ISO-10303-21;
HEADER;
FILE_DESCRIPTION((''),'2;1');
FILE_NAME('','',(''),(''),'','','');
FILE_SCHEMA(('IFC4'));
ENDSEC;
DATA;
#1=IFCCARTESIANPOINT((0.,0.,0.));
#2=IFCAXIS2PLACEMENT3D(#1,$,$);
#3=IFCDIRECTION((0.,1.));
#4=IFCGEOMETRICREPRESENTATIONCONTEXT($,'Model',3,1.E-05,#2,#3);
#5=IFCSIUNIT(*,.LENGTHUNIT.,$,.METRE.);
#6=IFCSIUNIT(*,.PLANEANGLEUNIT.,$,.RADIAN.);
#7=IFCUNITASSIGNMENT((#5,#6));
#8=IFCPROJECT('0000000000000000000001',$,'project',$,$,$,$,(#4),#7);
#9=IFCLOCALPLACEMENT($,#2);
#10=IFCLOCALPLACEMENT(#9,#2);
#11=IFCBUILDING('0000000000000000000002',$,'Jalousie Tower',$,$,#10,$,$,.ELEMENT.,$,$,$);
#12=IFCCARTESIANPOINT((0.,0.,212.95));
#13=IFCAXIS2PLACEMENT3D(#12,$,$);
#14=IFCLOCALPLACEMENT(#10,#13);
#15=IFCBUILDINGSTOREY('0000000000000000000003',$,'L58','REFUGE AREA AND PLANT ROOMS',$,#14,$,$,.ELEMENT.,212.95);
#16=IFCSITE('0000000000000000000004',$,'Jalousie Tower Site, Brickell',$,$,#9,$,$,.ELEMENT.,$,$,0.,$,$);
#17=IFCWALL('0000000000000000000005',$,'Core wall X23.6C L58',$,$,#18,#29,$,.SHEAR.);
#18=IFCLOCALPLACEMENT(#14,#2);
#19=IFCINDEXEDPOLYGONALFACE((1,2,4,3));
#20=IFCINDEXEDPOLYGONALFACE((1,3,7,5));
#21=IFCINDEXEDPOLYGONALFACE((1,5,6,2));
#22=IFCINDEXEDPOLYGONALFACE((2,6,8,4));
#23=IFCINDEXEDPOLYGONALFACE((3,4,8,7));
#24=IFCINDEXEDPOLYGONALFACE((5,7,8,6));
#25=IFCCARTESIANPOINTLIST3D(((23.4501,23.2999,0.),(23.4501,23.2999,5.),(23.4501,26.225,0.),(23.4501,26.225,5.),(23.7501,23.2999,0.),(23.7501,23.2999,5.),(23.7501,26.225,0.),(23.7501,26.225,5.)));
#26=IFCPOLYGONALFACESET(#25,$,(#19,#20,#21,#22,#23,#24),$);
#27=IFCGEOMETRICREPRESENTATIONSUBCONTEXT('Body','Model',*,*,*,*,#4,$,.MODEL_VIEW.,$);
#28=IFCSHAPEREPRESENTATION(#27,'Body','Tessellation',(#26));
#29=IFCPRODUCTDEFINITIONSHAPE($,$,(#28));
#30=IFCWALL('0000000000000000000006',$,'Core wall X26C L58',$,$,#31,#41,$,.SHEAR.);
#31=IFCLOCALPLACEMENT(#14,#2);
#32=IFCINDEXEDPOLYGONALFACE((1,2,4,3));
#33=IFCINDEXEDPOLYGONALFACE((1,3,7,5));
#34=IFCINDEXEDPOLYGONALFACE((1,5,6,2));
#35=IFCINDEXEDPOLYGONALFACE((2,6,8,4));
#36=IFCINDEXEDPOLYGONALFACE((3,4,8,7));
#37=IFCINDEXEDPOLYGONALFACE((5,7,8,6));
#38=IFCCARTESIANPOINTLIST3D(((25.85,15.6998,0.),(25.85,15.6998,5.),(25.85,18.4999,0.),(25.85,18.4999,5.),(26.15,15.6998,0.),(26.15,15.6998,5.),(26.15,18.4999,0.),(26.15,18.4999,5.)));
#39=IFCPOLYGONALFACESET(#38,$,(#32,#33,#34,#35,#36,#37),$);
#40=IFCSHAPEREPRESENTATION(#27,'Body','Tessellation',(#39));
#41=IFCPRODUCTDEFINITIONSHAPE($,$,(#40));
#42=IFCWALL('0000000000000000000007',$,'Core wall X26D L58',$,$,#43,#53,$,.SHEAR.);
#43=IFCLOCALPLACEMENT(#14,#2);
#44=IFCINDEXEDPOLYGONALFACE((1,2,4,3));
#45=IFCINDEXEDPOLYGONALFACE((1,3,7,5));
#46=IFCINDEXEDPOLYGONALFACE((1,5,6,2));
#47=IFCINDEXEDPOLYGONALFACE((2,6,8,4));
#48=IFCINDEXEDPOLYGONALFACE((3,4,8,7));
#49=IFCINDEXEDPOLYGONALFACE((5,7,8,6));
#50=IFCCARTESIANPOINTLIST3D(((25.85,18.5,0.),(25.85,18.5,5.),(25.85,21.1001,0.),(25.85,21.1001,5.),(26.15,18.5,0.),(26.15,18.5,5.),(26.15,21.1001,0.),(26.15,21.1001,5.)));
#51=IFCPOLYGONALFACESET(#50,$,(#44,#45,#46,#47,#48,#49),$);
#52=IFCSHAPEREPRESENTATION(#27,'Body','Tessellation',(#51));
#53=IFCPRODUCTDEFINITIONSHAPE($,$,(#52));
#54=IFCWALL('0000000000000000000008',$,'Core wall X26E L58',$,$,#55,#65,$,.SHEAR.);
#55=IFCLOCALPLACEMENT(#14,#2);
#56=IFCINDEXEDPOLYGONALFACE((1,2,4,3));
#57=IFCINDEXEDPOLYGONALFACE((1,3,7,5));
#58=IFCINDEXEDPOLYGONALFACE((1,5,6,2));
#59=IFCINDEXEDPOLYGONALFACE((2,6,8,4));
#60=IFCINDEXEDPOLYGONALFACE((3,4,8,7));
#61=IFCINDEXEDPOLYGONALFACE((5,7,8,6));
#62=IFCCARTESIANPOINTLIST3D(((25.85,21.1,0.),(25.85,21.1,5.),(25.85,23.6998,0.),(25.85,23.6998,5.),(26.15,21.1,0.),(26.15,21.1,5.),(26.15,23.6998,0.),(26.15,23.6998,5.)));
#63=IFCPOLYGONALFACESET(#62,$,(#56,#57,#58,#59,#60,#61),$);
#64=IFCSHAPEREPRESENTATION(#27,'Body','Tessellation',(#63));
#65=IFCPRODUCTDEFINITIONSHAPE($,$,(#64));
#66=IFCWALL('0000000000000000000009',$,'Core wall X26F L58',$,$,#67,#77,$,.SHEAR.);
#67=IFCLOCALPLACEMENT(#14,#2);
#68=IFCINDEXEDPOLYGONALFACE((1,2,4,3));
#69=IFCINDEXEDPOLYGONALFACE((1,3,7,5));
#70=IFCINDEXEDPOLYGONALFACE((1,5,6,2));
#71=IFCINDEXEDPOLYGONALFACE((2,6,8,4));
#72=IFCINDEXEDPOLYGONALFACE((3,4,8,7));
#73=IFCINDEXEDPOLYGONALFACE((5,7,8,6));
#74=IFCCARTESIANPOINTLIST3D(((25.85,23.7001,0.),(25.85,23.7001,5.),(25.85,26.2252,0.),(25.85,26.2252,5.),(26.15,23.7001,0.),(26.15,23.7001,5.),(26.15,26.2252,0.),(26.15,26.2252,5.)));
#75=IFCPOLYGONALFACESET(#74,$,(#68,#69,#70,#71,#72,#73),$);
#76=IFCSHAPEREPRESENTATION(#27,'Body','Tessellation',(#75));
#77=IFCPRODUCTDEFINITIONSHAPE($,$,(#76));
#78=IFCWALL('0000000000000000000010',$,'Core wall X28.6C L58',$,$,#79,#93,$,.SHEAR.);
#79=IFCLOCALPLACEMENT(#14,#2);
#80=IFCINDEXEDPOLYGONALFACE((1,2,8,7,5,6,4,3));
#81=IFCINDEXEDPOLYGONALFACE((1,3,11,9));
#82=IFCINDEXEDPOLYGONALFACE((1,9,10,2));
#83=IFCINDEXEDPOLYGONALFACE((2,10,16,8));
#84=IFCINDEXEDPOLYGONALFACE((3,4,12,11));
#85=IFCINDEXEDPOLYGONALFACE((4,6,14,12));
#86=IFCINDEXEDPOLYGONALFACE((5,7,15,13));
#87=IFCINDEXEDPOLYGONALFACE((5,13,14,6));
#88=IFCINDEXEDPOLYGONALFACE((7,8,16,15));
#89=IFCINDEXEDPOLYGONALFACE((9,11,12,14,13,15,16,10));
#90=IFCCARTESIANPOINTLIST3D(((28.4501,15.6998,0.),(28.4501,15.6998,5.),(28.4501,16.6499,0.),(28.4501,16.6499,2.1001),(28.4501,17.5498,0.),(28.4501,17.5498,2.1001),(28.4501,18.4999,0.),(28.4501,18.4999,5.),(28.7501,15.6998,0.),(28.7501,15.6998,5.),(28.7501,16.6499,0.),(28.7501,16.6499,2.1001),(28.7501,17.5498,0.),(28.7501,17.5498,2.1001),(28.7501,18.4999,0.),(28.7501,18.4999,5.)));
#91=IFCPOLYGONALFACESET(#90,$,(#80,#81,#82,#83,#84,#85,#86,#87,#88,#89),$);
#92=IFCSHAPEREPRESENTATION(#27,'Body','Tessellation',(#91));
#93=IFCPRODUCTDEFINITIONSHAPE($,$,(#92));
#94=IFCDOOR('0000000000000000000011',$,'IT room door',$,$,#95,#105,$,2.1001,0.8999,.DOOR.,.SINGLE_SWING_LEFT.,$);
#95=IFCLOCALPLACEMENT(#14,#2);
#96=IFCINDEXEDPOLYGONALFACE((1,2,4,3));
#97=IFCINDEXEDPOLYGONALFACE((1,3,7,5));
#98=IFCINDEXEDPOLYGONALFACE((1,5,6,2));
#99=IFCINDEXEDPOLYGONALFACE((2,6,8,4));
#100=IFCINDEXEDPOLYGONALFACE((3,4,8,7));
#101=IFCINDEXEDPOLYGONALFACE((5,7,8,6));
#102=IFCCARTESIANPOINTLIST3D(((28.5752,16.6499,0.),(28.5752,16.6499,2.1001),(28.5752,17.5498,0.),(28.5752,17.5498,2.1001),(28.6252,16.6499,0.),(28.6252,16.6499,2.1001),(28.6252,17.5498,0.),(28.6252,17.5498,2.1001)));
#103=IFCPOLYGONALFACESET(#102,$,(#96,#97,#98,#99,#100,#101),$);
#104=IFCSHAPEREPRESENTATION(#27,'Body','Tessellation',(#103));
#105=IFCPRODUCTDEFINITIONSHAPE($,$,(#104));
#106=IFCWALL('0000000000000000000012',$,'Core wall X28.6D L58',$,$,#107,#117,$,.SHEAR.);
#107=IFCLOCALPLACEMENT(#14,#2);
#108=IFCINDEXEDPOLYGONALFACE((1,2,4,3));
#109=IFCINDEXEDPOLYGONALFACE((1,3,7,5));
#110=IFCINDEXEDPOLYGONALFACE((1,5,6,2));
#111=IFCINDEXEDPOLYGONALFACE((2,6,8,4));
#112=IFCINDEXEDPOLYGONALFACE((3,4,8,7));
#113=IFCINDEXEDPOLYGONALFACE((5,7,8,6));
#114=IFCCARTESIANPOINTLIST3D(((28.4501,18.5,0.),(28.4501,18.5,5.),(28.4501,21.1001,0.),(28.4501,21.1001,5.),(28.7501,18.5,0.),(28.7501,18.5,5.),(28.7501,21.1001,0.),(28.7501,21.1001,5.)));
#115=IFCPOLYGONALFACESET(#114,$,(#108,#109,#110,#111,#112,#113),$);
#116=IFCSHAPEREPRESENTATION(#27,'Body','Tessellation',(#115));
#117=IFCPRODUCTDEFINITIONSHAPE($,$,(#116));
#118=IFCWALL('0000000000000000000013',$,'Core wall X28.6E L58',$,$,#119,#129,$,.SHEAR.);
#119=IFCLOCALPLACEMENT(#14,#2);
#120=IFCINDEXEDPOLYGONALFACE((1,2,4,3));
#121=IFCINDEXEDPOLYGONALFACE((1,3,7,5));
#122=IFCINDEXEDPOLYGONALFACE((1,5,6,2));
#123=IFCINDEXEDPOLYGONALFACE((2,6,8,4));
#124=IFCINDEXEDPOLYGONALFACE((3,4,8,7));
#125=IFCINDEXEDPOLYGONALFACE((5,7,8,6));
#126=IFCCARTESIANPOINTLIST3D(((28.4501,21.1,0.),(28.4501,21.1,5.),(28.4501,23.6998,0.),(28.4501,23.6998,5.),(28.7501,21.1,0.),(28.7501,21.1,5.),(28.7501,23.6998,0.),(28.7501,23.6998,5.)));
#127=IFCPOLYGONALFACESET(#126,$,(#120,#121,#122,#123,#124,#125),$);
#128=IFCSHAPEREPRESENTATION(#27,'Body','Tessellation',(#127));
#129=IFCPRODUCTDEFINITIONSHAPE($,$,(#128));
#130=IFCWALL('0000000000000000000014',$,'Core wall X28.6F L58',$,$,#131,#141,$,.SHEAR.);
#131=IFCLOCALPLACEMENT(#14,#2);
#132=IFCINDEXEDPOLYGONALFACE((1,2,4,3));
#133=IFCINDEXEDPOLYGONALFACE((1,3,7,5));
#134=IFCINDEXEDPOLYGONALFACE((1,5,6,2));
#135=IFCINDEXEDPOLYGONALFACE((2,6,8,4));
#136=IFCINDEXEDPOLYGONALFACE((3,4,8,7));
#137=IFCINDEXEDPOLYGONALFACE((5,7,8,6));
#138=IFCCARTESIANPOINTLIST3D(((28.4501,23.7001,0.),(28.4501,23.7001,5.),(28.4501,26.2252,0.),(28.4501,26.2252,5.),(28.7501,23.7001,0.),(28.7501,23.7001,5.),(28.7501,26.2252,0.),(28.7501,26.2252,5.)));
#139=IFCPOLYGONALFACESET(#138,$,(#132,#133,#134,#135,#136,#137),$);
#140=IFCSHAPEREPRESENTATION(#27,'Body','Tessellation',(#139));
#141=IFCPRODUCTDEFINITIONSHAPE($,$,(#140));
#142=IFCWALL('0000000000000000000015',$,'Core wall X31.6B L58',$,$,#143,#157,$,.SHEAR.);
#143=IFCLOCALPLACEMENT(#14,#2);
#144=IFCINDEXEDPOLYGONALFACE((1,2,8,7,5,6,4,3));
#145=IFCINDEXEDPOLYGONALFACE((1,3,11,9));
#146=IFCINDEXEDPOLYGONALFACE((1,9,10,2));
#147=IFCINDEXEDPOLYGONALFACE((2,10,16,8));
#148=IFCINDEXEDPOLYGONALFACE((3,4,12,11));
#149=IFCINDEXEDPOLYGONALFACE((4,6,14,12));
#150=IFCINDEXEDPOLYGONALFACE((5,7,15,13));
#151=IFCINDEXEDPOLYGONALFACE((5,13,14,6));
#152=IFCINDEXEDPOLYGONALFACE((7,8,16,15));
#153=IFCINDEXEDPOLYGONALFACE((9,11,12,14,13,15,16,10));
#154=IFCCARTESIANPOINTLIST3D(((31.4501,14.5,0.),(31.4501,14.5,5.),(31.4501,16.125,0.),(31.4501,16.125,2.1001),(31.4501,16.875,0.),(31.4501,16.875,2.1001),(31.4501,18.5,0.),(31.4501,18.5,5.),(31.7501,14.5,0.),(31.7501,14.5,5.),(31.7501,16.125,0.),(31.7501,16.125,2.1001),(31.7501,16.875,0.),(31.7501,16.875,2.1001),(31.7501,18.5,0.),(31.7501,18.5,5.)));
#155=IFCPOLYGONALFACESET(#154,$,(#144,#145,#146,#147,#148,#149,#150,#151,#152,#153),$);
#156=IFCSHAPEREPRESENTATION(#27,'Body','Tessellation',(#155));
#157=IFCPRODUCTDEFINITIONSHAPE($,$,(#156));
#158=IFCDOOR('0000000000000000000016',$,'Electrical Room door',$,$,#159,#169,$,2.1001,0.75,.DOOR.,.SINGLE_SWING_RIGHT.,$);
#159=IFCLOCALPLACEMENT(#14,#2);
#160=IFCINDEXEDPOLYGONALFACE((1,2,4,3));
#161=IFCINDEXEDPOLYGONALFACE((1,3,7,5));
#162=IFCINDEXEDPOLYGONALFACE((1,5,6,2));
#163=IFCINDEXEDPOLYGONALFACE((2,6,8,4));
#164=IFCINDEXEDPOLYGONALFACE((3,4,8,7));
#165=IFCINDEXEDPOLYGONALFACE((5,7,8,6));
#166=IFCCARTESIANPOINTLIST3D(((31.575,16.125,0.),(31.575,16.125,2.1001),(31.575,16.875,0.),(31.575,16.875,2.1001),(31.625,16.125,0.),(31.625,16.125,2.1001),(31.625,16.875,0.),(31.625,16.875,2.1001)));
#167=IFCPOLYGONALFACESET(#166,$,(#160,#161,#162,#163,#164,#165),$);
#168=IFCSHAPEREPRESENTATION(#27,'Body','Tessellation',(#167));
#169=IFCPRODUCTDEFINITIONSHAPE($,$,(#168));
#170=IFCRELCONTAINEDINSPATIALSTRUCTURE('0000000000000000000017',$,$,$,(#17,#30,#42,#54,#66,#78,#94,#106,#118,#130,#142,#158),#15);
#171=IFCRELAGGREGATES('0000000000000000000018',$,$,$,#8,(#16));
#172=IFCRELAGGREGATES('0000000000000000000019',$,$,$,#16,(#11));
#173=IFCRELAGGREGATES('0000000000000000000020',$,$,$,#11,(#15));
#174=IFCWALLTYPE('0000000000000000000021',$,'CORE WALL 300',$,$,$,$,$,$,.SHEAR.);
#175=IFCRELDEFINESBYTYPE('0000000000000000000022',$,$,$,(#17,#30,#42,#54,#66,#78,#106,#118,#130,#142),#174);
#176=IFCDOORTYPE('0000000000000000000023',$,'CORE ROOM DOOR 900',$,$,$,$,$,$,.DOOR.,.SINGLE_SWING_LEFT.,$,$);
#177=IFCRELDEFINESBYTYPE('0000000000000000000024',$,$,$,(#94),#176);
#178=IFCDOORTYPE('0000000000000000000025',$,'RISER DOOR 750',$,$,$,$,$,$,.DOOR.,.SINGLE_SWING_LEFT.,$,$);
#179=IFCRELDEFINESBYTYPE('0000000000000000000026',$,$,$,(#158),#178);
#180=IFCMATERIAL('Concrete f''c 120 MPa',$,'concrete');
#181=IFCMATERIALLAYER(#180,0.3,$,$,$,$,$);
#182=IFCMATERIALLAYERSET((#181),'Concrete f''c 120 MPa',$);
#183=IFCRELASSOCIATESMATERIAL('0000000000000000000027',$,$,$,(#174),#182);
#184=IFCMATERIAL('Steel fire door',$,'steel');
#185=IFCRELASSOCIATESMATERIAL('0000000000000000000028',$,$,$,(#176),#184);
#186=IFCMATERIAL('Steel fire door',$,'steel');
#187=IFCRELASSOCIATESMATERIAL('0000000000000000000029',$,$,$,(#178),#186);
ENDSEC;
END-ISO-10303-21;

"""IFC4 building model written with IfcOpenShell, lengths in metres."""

from ifc_helpers import new_model, si_unit, direction, frame, frame_2d, origin, place, context, subcontext, project, spatial, rectangle, extrude, material, layer, layer_set, type_object, element, fill, save


model = new_model("IFC4")

# Units and contexts
model_context = context("Model", 3, precision=1e-05, world=origin(), true_north=direction((0.0, 1.0)))
body_context = subcontext(model_context, "Body", "Model", "MODEL_VIEW")
ifc_project = project(units=[si_unit("LENGTHUNIT", "METRE"), si_unit("PLANEANGLEUNIT", "RADIAN")], contexts=[model_context])

# Site, building, storey
site_placement = place(None, origin())
site = spatial("IfcSite", under=ifc_project, at=site_placement, Name="Jalousie Tower Site, Brickell", CompositionType="ELEMENT", RefElevation=0.0)
building_placement = place(site_placement, origin())
building = spatial("IfcBuilding", under=site, at=building_placement, Name="Jalousie Tower", CompositionType="ELEMENT")
storey_placement = place(building_placement, frame((0.0, 0.0, 212.95)))
storey = spatial("IfcBuildingStorey", under=building, at=storey_placement, Name="L58", Description="REFUGE AREA AND PLANT ROOMS", CompositionType="ELEMENT", Elevation=212.95)

# Walls
ifc_material_1 = material(Name="Concrete f'c 120 MPa", Category="concrete")
ifc_layer = layer(ifc_material_1, 0.3)
ifc_layer_set = layer_set([ifc_layer], Name="Concrete f'c 120 MPa")
wall_type = type_object("IfcWallType", Name="CORE WALL 300", PredefinedType="SHEAR", material=ifc_layer_set)
wall_1_placement = place(storey_placement, frame((23.6001, 23.3, 0.0), z_axis=(0.0, 0.0, 1.0), x_axis=(0.0, 1.0, 0.0)))
element("IfcWall", 1, at=wall_1_placement, inside=storey, type_object=wall_type, Name="Core wall X23.6C L58", PredefinedType="SHEAR", context=body_context, shape_type="SweptSolid", body=[
    extrude(rectangle(XDim=2.925, YDim=0.3, at=frame_2d((1.4624, 0.0))), origin(), (0.0, 0.0, 1.0), 5.0),
])
wall_2_placement = place(storey_placement, frame((26.0, 15.7, 0.0), z_axis=(0.0, 0.0, 1.0), x_axis=(0.0, 1.0, 0.0)))
element("IfcWall", 2, at=wall_2_placement, inside=storey, type_object=wall_type, Name="Core wall X26C L58", PredefinedType="SHEAR", context=body_context, shape_type="SweptSolid", body=[
    extrude(rectangle(XDim=2.8, YDim=0.3, at=frame_2d((1.3999, 0.0))), origin(), (0.0, 0.0, 1.0), 5.0),
])
wall_3_placement = place(storey_placement, frame((26.0, 18.5, 0.0), z_axis=(0.0, 0.0, 1.0), x_axis=(0.0, 1.0, 0.0)))
element("IfcWall", 3, at=wall_3_placement, inside=storey, type_object=wall_type, Name="Core wall X26D L58", PredefinedType="SHEAR", context=body_context, shape_type="SweptSolid", body=[
    extrude(rectangle(XDim=2.6001, YDim=0.3, at=frame_2d((1.3, 0.0))), origin(), (0.0, 0.0, 1.0), 5.0),
])
wall_4_placement = place(storey_placement, frame((26.0, 21.1001, 0.0), z_axis=(0.0, 0.0, 1.0), x_axis=(0.0, 1.0, 0.0)))
element("IfcWall", 4, at=wall_4_placement, inside=storey, type_object=wall_type, Name="Core wall X26E L58", PredefinedType="SHEAR", context=body_context, shape_type="SweptSolid", body=[
    extrude(rectangle(XDim=2.5999, YDim=0.3, at=frame_2d((1.2998, 0.0))), origin(), (0.0, 0.0, 1.0), 5.0),
])
wall_5_placement = place(storey_placement, frame((26.0, 23.7, 0.0), z_axis=(0.0, 0.0, 1.0), x_axis=(0.0, 1.0, 0.0)))
element("IfcWall", 5, at=wall_5_placement, inside=storey, type_object=wall_type, Name="Core wall X26F L58", PredefinedType="SHEAR", context=body_context, shape_type="SweptSolid", body=[
    extrude(rectangle(XDim=2.5251, YDim=0.3, at=frame_2d((1.2627, 0.0))), origin(), (0.0, 0.0, 1.0), 5.0),
])

# Wall, opening, door
wall_6_placement = place(storey_placement, frame((28.6001, 15.7, 0.0), z_axis=(0.0, 0.0, 1.0), x_axis=(0.0, 1.0, 0.0)))
wall_6 = element("IfcWall", 6, at=wall_6_placement, inside=storey, type_object=wall_type, Name="Core wall X28.6C L58", PredefinedType="SHEAR", context=body_context, shape_type="SweptSolid", body=[
    extrude(rectangle(XDim=2.8, YDim=0.3, at=frame_2d((1.3999, 0.0))), origin(), (0.0, 0.0, 1.0), 5.0),
])
opening_1_placement = place(wall_6_placement, frame((0.95, 0.0, 0.0)))
opening_1 = element("IfcOpeningElement", 7, at=opening_1_placement, cuts=wall_6, PredefinedType="OPENING", context=body_context, shape_type="SweptSolid", body=[
    extrude(rectangle(XDim=0.8999, YDim=2.1001, at=frame_2d((0.45, 1.05))), frame((0.0, 0.1599, 0.0), z_axis=(0.0, -1.0, 0.0), x_axis=(1.0, 0.0, 0.0)), (0.0, 0.0, 1.0), 0.3201),
])
ifc_material_2 = material(Name="Steel fire door", Category="steel")
door_type_1 = type_object("IfcDoorType", Name="CORE ROOM DOOR 900", OperationType="SINGLE_SWING_LEFT", PredefinedType="DOOR", material=ifc_material_2)
door_1_placement = place(opening_1_placement, origin())
door_1 = element("IfcDoor", 8, at=door_1_placement, inside=storey, type_object=door_type_1, Name="IT room door", OperationType="SINGLE_SWING_LEFT", OverallHeight=2.1001, OverallWidth=0.8999, PredefinedType="DOOR", context=body_context, shape_type="SweptSolid", body=[
    extrude(rectangle(XDim=0.8999, YDim=2.1001, at=frame_2d((0.45, 1.05))), frame((0.0, 0.0249, 0.0), z_axis=(0.0, -1.0, 0.0), x_axis=(1.0, 0.0, 0.0)), (0.0, 0.0, 1.0), 0.05),
])
fill(opening_1, door_1)

# Walls
wall_7_placement = place(storey_placement, frame((28.6001, 18.5, 0.0), z_axis=(0.0, 0.0, 1.0), x_axis=(0.0, 1.0, 0.0)))
element("IfcWall", 9, at=wall_7_placement, inside=storey, type_object=wall_type, Name="Core wall X28.6D L58", PredefinedType="SHEAR", context=body_context, shape_type="SweptSolid", body=[
    extrude(rectangle(XDim=2.6001, YDim=0.3, at=frame_2d((1.3, 0.0))), origin(), (0.0, 0.0, 1.0), 5.0),
])
wall_8_placement = place(storey_placement, frame((28.6001, 21.1001, 0.0), z_axis=(0.0, 0.0, 1.0), x_axis=(0.0, 1.0, 0.0)))
element("IfcWall", 10, at=wall_8_placement, inside=storey, type_object=wall_type, Name="Core wall X28.6E L58", PredefinedType="SHEAR", context=body_context, shape_type="SweptSolid", body=[
    extrude(rectangle(XDim=2.5999, YDim=0.3, at=frame_2d((1.2998, 0.0))), origin(), (0.0, 0.0, 1.0), 5.0),
])
wall_9_placement = place(storey_placement, frame((28.6001, 23.7, 0.0), z_axis=(0.0, 0.0, 1.0), x_axis=(0.0, 1.0, 0.0)))
element("IfcWall", 11, at=wall_9_placement, inside=storey, type_object=wall_type, Name="Core wall X28.6F L58", PredefinedType="SHEAR", context=body_context, shape_type="SweptSolid", body=[
    extrude(rectangle(XDim=2.5251, YDim=0.3, at=frame_2d((1.2627, 0.0))), origin(), (0.0, 0.0, 1.0), 5.0),
])

# Wall, opening, door
wall_10_placement = place(storey_placement, frame((31.6001, 14.5, 0.0), z_axis=(0.0, 0.0, 1.0), x_axis=(0.0, 1.0, 0.0)))
wall_10 = element("IfcWall", 12, at=wall_10_placement, inside=storey, type_object=wall_type, Name="Core wall X31.6B L58", PredefinedType="SHEAR", context=body_context, shape_type="SweptSolid", body=[
    extrude(rectangle(XDim=4.0, YDim=0.3, at=frame_2d((2.0, 0.0))), origin(), (0.0, 0.0, 1.0), 5.0),
])
opening_2_placement = place(wall_10_placement, frame((1.625, 0.0, 0.0)))
opening_2 = element("IfcOpeningElement", 13, at=opening_2_placement, cuts=wall_10, PredefinedType="OPENING", context=body_context, shape_type="SweptSolid", body=[
    extrude(rectangle(XDim=0.75, YDim=2.1001, at=frame_2d((0.375, 1.05))), frame((0.0, 0.1599, 0.0), z_axis=(0.0, -1.0, 0.0), x_axis=(1.0, 0.0, 0.0)), (0.0, 0.0, 1.0), 0.3201),
])
ifc_material_3 = material(Name="Steel fire door", Category="steel")
door_type_2 = type_object("IfcDoorType", Name="RISER DOOR 750", OperationType="SINGLE_SWING_LEFT", PredefinedType="DOOR", material=ifc_material_3)
door_2_placement = place(opening_2_placement, frame((0.75, 0.0, 0.0), z_axis=(0.0, 0.0, 1.0), x_axis=(-1.0, 0.0, 0.0)))
door_2 = element("IfcDoor", 14, at=door_2_placement, inside=storey, type_object=door_type_2, Name="Electrical Room door", OperationType="SINGLE_SWING_RIGHT", OverallHeight=2.1001, OverallWidth=0.75, PredefinedType="DOOR", context=body_context, shape_type="SweptSolid", body=[
    extrude(rectangle(XDim=0.75, YDim=2.1001, at=frame_2d((0.375, 1.05))), frame((0.0, 0.0249, 0.0), z_axis=(0.0, -1.0, 0.0), x_axis=(1.0, 0.0, 0.0)), (0.0, 0.0, 1.0), 0.05),
])
fill(opening_2, door_2)

save(model, "model.ifc")
